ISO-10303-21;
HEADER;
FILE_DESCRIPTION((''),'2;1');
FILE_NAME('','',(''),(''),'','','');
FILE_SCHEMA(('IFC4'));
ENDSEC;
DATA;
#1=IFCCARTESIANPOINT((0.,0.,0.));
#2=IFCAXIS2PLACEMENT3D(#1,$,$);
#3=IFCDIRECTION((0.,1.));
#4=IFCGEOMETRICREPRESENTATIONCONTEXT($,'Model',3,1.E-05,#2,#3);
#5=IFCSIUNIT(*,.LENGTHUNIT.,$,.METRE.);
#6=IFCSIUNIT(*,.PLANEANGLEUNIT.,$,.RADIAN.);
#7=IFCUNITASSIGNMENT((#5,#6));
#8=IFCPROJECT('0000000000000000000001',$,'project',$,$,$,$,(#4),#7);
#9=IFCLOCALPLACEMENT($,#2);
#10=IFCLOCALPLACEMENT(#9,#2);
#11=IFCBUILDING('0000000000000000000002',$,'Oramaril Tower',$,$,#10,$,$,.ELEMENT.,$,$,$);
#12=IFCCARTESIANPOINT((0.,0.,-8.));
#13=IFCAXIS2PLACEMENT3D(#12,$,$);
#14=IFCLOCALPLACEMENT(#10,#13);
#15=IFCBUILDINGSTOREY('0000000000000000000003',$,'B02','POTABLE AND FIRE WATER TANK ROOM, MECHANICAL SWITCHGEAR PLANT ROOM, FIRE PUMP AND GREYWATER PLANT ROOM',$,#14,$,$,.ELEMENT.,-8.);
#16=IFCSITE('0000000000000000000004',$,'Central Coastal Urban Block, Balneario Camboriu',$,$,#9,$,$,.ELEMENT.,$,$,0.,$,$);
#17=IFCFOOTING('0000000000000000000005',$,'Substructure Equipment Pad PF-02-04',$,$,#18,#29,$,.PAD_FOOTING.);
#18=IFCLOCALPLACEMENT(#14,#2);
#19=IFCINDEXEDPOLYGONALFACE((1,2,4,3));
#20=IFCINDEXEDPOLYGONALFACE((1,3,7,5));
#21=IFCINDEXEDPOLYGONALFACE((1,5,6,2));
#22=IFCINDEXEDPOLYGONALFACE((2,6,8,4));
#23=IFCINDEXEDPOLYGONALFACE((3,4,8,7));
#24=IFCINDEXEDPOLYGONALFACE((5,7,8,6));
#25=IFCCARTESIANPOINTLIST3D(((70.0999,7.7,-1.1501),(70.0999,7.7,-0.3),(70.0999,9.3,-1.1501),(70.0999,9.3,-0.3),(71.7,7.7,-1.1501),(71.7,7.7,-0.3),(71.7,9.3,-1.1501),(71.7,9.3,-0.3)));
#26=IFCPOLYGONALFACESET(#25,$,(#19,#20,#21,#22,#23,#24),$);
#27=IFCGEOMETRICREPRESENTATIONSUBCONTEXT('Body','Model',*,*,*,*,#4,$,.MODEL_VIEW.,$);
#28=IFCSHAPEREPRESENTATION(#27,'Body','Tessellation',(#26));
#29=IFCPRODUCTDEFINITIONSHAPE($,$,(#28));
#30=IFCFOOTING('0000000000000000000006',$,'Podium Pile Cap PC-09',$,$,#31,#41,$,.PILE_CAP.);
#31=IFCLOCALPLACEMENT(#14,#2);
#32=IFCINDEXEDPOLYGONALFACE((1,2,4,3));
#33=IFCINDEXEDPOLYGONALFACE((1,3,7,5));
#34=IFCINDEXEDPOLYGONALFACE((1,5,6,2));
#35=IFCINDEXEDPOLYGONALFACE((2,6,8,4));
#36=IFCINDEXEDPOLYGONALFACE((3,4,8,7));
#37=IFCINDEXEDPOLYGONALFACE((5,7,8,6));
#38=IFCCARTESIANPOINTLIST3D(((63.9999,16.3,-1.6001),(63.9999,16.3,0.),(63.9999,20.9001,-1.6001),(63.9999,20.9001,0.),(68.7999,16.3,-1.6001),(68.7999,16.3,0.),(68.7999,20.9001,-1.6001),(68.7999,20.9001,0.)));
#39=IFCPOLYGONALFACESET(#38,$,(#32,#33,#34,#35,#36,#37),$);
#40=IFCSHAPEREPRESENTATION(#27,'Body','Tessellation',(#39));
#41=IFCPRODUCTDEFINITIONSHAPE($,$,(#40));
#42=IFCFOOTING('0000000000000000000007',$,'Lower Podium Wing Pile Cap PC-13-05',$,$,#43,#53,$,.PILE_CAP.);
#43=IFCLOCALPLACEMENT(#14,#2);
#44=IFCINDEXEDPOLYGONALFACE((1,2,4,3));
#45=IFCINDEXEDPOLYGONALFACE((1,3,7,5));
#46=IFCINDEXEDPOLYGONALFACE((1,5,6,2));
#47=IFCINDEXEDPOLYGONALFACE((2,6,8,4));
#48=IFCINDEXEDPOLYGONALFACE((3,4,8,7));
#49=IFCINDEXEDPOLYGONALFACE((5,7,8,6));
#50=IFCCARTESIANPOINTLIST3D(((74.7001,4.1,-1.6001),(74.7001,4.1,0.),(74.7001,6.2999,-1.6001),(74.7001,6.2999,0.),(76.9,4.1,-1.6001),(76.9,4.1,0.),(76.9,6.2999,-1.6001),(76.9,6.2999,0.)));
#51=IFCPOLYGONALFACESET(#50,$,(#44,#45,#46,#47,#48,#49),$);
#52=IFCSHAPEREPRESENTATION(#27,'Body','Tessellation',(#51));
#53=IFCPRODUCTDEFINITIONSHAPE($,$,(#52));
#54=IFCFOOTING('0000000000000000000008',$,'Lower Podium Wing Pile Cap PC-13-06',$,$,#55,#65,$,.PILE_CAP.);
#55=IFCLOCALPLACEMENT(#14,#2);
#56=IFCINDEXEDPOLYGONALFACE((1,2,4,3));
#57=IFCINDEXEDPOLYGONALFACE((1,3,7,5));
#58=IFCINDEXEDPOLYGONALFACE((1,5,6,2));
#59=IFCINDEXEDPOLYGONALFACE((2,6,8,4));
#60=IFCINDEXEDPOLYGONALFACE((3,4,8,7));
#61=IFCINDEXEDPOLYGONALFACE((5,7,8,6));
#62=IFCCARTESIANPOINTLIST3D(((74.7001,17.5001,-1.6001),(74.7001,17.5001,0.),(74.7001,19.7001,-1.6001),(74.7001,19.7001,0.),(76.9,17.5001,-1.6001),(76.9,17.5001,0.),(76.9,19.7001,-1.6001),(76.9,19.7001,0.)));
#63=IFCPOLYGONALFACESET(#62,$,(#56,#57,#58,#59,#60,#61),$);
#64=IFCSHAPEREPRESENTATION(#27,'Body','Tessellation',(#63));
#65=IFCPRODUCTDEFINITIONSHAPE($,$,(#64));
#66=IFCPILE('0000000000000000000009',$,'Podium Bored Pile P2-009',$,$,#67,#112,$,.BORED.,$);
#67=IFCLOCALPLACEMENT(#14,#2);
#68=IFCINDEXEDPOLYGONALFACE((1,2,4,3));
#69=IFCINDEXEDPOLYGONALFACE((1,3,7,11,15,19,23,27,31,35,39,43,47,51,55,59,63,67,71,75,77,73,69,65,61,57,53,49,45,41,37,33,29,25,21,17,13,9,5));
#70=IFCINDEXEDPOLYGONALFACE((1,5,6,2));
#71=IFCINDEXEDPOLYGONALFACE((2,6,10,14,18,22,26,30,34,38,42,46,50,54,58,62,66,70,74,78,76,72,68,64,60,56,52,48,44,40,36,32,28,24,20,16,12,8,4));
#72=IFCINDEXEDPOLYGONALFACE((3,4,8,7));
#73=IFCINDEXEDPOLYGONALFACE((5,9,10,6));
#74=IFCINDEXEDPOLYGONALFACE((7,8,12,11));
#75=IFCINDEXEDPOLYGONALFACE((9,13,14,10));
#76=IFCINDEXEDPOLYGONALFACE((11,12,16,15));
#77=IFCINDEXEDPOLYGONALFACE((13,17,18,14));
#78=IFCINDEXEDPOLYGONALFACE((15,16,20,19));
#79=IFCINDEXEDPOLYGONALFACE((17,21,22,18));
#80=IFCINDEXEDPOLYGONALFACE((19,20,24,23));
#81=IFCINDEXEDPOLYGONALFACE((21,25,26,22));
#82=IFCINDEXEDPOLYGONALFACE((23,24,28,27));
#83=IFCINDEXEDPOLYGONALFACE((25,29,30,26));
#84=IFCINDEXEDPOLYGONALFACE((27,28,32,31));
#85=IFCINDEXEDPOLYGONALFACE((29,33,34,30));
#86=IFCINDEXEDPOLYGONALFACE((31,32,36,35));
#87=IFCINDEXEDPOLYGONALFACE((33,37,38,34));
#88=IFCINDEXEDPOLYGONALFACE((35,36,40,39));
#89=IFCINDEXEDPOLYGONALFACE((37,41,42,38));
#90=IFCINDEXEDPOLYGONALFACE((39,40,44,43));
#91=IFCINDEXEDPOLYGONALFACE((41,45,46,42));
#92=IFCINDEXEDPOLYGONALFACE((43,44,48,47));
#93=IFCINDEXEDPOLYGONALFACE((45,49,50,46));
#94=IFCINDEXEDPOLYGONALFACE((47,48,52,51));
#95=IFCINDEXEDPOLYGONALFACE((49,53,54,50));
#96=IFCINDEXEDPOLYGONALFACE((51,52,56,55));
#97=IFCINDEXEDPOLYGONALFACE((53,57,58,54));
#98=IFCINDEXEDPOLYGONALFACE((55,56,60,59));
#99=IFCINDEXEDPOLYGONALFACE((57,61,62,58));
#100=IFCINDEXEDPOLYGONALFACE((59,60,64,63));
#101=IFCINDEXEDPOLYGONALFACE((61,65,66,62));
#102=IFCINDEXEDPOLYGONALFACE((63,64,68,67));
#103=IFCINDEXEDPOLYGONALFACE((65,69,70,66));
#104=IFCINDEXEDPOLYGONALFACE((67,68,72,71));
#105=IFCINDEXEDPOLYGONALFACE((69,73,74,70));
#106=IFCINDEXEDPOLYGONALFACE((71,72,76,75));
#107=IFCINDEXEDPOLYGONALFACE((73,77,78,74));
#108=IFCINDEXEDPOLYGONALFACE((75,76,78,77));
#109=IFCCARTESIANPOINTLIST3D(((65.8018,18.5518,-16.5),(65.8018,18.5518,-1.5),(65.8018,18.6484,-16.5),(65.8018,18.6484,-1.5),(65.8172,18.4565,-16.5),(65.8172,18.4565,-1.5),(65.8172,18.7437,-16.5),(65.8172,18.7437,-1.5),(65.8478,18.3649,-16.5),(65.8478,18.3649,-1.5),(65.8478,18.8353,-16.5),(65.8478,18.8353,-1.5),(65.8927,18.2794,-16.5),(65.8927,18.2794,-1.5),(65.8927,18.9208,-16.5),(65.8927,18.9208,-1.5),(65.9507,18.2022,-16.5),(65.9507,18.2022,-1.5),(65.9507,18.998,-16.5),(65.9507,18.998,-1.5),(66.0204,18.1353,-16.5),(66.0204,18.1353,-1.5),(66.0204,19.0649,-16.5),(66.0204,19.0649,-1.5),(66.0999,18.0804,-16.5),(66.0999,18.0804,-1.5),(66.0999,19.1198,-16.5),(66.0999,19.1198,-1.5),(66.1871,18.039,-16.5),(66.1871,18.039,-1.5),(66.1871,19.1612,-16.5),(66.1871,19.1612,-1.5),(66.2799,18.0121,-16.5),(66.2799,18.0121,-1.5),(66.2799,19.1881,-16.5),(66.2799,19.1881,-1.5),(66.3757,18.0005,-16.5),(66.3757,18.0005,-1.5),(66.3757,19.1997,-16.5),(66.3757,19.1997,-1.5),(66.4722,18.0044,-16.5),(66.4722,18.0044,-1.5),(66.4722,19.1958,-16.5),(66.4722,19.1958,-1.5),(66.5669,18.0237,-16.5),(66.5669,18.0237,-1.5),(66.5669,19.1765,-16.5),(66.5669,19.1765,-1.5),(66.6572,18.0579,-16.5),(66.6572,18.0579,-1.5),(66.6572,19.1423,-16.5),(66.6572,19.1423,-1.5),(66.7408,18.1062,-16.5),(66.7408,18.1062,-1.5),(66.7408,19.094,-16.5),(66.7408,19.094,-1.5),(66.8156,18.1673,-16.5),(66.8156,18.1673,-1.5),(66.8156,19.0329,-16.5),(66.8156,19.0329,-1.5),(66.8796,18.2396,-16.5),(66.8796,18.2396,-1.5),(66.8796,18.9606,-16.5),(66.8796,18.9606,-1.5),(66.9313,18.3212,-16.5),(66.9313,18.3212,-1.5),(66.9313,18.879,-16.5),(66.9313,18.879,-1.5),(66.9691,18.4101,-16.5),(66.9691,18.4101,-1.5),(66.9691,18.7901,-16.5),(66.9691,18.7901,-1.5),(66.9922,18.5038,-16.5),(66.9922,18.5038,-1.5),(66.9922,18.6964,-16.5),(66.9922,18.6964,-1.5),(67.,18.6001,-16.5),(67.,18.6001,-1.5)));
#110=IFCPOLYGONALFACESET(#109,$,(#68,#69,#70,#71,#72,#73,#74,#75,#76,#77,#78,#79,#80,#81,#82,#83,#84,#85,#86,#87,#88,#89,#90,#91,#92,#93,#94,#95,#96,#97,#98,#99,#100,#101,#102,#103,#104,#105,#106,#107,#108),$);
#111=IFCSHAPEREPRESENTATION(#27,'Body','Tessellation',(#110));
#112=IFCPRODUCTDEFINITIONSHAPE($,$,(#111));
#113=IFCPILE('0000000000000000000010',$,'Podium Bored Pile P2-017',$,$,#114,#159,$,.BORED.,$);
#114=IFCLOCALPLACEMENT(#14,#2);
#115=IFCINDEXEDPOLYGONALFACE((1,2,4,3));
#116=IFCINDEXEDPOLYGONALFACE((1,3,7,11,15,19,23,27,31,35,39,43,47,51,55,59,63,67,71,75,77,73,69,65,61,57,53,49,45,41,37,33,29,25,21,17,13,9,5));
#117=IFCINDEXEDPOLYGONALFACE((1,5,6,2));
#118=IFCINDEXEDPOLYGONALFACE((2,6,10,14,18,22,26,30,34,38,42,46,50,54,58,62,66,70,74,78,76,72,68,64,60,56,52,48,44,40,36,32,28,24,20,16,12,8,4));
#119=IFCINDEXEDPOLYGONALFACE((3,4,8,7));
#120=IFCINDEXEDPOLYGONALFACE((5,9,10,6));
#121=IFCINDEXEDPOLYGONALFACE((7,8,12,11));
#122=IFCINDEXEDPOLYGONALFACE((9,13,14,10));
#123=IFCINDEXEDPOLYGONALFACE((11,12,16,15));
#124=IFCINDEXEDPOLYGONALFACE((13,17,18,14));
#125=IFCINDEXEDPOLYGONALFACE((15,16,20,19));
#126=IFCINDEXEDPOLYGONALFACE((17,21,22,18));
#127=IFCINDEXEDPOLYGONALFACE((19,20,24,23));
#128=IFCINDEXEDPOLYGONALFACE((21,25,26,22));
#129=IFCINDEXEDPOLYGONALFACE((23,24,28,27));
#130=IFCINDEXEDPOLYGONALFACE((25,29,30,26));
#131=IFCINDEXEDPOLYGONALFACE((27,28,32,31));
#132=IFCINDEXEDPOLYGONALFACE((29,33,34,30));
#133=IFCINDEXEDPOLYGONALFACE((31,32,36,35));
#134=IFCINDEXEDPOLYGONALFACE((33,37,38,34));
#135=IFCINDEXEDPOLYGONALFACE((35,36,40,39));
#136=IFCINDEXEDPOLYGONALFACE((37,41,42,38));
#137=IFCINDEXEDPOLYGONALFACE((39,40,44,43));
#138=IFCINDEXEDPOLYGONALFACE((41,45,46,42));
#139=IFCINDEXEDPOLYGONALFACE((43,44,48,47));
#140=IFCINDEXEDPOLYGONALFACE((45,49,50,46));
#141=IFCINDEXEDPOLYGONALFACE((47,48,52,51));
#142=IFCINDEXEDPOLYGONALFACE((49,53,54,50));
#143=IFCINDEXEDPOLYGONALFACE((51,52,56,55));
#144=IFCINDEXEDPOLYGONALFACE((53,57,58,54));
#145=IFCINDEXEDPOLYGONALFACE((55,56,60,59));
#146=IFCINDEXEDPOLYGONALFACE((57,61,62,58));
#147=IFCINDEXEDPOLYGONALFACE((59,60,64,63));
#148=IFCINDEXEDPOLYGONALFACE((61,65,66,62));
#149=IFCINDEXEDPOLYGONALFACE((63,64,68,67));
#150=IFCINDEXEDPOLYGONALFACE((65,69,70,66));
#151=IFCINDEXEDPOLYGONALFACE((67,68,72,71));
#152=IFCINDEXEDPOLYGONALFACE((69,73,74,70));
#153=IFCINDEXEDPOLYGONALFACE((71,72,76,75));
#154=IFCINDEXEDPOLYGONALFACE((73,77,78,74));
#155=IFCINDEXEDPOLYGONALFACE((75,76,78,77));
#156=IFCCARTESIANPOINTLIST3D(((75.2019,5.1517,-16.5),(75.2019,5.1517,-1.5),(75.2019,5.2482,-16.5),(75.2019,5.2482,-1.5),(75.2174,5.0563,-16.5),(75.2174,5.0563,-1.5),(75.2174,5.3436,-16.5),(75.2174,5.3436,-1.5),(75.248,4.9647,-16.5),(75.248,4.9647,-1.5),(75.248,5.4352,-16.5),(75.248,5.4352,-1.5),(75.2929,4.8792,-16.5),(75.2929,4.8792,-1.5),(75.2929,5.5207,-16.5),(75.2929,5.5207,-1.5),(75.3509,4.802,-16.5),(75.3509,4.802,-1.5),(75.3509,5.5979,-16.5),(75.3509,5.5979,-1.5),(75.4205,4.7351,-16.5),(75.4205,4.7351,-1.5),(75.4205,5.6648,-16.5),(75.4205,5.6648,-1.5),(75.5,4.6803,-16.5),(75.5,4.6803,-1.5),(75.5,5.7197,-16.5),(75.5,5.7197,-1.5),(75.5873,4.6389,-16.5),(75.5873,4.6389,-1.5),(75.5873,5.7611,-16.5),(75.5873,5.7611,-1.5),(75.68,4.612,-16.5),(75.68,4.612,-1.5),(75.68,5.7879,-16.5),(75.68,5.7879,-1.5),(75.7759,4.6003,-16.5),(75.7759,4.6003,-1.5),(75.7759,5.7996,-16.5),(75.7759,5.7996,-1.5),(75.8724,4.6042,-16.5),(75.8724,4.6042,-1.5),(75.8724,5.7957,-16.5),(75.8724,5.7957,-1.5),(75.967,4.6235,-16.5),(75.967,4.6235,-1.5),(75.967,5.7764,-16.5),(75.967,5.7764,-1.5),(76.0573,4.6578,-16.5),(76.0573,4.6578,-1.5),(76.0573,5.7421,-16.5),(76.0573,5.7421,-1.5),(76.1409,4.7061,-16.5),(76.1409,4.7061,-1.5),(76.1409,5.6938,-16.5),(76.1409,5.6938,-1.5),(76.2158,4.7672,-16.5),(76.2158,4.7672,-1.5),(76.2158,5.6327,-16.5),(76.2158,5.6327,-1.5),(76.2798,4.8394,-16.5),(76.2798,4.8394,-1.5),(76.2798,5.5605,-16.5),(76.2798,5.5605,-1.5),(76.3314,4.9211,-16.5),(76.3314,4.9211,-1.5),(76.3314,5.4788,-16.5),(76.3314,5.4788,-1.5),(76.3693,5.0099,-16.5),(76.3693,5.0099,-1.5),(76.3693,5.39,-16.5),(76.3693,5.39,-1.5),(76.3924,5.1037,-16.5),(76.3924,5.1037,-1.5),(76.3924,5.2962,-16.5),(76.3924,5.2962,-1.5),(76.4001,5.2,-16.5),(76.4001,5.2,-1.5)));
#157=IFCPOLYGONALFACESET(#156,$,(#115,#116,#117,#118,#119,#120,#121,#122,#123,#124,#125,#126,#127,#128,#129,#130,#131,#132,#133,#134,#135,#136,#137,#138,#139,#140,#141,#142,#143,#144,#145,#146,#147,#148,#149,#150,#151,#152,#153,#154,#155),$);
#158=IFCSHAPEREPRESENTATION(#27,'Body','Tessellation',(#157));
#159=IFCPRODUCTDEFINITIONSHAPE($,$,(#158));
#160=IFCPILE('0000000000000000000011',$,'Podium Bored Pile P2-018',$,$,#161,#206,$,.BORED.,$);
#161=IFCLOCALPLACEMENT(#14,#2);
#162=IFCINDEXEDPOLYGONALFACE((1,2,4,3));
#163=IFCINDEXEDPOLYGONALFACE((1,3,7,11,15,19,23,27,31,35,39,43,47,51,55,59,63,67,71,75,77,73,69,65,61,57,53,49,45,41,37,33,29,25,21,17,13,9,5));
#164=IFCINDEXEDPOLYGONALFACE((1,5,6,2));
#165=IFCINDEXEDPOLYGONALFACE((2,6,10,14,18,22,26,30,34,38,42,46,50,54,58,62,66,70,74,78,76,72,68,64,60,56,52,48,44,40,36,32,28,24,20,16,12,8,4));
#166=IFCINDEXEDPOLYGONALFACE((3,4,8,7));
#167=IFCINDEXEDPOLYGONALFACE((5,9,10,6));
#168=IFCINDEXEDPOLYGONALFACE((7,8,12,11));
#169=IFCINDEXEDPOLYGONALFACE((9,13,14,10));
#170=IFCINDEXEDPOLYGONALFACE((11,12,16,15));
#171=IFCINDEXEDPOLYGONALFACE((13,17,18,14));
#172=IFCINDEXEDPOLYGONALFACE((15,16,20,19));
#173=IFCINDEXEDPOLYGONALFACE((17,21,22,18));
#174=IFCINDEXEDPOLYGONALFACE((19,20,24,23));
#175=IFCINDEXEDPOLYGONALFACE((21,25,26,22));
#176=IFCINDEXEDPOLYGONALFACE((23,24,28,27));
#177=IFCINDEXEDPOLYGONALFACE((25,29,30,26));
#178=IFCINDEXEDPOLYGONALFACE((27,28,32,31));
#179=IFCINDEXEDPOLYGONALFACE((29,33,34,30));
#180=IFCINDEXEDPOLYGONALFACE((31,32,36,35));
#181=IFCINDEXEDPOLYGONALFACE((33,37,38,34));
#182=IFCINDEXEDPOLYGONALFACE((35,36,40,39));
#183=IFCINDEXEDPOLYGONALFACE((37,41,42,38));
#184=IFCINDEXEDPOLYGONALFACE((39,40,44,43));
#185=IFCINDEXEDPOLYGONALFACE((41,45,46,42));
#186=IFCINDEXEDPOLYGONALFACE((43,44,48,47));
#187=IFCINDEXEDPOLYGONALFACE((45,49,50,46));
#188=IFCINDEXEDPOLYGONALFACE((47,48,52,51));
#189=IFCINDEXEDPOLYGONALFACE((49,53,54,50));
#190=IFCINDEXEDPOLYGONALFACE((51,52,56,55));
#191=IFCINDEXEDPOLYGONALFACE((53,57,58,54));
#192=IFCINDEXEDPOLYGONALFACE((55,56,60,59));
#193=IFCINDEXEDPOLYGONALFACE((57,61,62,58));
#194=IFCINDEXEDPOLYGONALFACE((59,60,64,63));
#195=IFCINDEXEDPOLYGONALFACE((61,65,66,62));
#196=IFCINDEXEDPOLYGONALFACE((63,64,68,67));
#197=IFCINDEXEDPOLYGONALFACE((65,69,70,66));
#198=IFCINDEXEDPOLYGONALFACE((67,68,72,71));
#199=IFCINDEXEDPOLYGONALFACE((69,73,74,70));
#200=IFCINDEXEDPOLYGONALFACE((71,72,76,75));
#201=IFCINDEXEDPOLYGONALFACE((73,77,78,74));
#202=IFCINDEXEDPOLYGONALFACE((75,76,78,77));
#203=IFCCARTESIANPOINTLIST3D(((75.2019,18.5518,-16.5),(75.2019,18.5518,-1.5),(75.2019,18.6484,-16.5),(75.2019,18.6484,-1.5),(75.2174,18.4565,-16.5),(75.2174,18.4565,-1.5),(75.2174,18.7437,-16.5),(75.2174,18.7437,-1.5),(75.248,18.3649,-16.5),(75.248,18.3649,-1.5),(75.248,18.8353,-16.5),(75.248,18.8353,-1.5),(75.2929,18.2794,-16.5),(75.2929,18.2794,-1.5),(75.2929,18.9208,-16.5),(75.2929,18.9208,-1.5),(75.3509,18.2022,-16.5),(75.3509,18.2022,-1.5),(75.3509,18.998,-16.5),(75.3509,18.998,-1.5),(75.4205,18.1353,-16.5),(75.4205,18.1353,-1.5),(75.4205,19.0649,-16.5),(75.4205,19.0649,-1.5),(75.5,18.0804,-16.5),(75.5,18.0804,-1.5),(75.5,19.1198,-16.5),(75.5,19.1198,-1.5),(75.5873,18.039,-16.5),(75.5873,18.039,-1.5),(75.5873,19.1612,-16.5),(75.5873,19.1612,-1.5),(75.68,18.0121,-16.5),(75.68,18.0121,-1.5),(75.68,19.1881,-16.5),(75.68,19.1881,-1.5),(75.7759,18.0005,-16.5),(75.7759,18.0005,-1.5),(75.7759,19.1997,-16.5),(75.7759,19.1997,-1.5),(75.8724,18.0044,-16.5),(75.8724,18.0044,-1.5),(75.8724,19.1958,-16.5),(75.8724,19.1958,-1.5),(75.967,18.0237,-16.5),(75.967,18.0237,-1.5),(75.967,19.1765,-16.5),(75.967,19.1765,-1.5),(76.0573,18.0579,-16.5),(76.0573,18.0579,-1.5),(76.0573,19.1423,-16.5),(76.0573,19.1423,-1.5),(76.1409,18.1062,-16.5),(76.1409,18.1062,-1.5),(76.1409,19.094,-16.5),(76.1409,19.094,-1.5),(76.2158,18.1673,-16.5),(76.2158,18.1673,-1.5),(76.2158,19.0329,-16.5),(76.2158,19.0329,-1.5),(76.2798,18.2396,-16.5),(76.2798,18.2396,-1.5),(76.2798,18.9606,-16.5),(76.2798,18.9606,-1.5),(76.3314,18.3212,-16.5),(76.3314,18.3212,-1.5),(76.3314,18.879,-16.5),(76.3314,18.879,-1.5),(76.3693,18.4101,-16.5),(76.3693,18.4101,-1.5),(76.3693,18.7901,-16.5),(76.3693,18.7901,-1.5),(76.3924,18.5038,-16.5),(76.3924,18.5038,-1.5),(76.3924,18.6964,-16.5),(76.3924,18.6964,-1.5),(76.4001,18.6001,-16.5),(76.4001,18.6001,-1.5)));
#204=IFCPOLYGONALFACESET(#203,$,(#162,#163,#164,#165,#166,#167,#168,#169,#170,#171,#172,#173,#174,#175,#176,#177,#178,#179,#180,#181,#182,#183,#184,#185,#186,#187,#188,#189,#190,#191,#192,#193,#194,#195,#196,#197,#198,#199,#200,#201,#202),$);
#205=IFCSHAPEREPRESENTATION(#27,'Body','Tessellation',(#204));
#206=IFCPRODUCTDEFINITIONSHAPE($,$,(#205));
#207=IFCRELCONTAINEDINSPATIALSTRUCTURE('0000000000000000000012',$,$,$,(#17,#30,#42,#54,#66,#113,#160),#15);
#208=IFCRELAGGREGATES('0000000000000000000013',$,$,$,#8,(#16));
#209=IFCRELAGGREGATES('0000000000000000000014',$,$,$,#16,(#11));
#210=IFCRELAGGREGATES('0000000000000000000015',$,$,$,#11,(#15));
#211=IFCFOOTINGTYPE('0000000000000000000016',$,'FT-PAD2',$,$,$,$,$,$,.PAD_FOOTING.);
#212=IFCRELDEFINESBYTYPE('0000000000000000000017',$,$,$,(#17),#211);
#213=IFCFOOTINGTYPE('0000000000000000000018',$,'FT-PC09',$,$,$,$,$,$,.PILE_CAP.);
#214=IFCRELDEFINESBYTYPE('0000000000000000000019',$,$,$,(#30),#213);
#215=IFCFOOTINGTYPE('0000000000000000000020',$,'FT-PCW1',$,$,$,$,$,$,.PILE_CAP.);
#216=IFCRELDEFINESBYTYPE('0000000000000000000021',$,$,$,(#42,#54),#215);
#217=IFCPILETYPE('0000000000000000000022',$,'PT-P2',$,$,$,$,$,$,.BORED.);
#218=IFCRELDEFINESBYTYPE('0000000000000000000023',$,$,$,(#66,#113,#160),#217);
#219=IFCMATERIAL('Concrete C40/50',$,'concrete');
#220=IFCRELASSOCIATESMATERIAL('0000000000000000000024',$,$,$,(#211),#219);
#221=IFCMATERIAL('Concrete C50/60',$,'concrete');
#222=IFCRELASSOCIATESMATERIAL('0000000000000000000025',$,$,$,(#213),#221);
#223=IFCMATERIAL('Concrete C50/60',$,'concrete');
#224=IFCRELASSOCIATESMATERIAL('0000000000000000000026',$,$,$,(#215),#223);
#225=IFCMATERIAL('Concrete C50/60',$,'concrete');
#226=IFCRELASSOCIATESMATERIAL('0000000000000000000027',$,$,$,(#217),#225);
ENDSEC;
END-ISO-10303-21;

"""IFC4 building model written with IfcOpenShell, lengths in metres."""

from ifc_helpers import new_model, si_unit, direction, frame, origin, origin_2d, place, context, subcontext, project, spatial, rectangle, circle, extrude, material, material_profile, profile_set, type_object, element, save


model = new_model("IFC4")

# Units and contexts
model_context = context("Model", 3, precision=1e-05, world=origin(), true_north=direction((0.0, 1.0)))
body_context = subcontext(model_context, "Body", "Model", "MODEL_VIEW")
ifc_project = project(units=[si_unit("LENGTHUNIT", "METRE"), si_unit("PLANEANGLEUNIT", "RADIAN")], contexts=[model_context])

# Site, building, storey
site_placement = place(None, origin())
site = spatial("IfcSite", under=ifc_project, at=site_placement, Name="Central Coastal Urban Block, Balneario Camboriu", CompositionType="ELEMENT", RefElevation=0.0)
building_placement = place(site_placement, origin())
building = spatial("IfcBuilding", under=site, at=building_placement, Name="Oramaril Tower", CompositionType="ELEMENT")
storey_placement = place(building_placement, frame((0.0, 0.0, -8.0)))
storey = spatial("IfcBuildingStorey", under=building, at=storey_placement, Name="B02", Description="POTABLE AND FIRE WATER TANK ROOM, MECHANICAL SWITCHGEAR PLANT ROOM, FIRE PUMP AND GREYWATER PLANT ROOM", CompositionType="ELEMENT", Elevation=-8.0)

# Footings
ifc_material_1 = material(Name="Concrete C40/50", Category="concrete")
footing_type_1 = type_object("IfcFootingType", Name="FT-PAD2", PredefinedType="PAD_FOOTING", material=ifc_material_1)
footing_1_placement = place(storey_placement, frame((70.8999, 8.5, -1.1501), z_axis=(0.0, 0.0, 1.0), x_axis=(1.0, 0.0, 0.0)))
element("IfcFooting", 1, at=footing_1_placement, inside=storey, type_object=footing_type_1, Name="Substructure Equipment Pad PF-02-04", PredefinedType="PAD_FOOTING", context=body_context, shape_type="SweptSolid", body=[
    extrude(rectangle(XDim=1.6001, YDim=1.6001, at=origin_2d()), origin(), (0.0, 0.0, 1.0), 0.8501),
])
ifc_material_2 = material(Name="Concrete C50/60", Category="concrete")
footing_type_2 = type_object("IfcFootingType", Name="FT-PC09", PredefinedType="PILE_CAP", material=ifc_material_2)
footing_2_placement = place(storey_placement, frame((66.3999, 18.6001, -1.6001), z_axis=(0.0, 0.0, 1.0), x_axis=(1.0, 0.0, 0.0)))
element("IfcFooting", 2, at=footing_2_placement, inside=storey, type_object=footing_type_2, Name="Podium Pile Cap PC-09", PredefinedType="PILE_CAP", context=body_context, shape_type="SweptSolid", body=[
    extrude(rectangle(XDim=4.8, YDim=4.6001, at=origin_2d()), origin(), (0.0, 0.0, 1.0), 1.6001),
])
ifc_material_3 = material(Name="Concrete C50/60", Category="concrete")
footing_type_3 = type_object("IfcFootingType", Name="FT-PCW1", PredefinedType="PILE_CAP", material=ifc_material_3)
for number, where, z_axis, x_axis, name in (
    (3, (75.8, 5.2, -1.6001), (0.0, 0.0, 1.0), (1.0, 0.0, 0.0), "Lower Podium Wing Pile Cap PC-13-05"),
    (4, (75.8, 18.6001, -1.6001), (0.0, 0.0, 1.0), (1.0, 0.0, 0.0), "Lower Podium Wing Pile Cap PC-13-06"),
):
    element("IfcFooting", number, at=place(storey_placement, frame(where, z_axis=z_axis, x_axis=x_axis)), inside=storey, type_object=footing_type_3, Name=name, PredefinedType="PILE_CAP", context=body_context, shape_type="SweptSolid", body=[
        extrude(rectangle(XDim=2.2, YDim=2.2, at=origin_2d()), origin(), (0.0, 0.0, 1.0), 1.6001),
    ])

# Piles
ifc_material_4 = material(Name="Concrete C50/60", Category="concrete")
ifc_material_profile_1 = material_profile(ifc_material_4, circle(Radius=0.6001, at=origin_2d()), Name="D1200")
ifc_profile_set_1 = profile_set([ifc_material_profile_1], Name="Concrete C50/60")
pile_type = type_object("IfcPileType", Name="PT-P2", PredefinedType="BORED", material=ifc_profile_set_1)
for number, where, z_axis, x_axis, name in (
    (5, (66.3999, 18.6001, -1.5), (0.0, 0.0, -1.0), (1.0, 0.0, 0.0), "Podium Bored Pile P2-009"),
    (6, (75.8, 5.2, -1.5), (0.0, 0.0, -1.0), (1.0, 0.0, 0.0), "Podium Bored Pile P2-017"),
    (7, (75.8, 18.6001, -1.5), (0.0, 0.0, -1.0), (1.0, 0.0, 0.0), "Podium Bored Pile P2-018"),
):
    element("IfcPile", number, at=place(storey_placement, frame(where, z_axis=z_axis, x_axis=x_axis)), inside=storey, type_object=pile_type, Name=name, PredefinedType="BORED", context=body_context, shape_type="SweptSolid", body=[
        extrude(circle(Radius=0.6001, at=origin_2d()), origin(), (0.0, 0.0, 1.0), 15.0),
    ])

save(model, "model.ifc")
